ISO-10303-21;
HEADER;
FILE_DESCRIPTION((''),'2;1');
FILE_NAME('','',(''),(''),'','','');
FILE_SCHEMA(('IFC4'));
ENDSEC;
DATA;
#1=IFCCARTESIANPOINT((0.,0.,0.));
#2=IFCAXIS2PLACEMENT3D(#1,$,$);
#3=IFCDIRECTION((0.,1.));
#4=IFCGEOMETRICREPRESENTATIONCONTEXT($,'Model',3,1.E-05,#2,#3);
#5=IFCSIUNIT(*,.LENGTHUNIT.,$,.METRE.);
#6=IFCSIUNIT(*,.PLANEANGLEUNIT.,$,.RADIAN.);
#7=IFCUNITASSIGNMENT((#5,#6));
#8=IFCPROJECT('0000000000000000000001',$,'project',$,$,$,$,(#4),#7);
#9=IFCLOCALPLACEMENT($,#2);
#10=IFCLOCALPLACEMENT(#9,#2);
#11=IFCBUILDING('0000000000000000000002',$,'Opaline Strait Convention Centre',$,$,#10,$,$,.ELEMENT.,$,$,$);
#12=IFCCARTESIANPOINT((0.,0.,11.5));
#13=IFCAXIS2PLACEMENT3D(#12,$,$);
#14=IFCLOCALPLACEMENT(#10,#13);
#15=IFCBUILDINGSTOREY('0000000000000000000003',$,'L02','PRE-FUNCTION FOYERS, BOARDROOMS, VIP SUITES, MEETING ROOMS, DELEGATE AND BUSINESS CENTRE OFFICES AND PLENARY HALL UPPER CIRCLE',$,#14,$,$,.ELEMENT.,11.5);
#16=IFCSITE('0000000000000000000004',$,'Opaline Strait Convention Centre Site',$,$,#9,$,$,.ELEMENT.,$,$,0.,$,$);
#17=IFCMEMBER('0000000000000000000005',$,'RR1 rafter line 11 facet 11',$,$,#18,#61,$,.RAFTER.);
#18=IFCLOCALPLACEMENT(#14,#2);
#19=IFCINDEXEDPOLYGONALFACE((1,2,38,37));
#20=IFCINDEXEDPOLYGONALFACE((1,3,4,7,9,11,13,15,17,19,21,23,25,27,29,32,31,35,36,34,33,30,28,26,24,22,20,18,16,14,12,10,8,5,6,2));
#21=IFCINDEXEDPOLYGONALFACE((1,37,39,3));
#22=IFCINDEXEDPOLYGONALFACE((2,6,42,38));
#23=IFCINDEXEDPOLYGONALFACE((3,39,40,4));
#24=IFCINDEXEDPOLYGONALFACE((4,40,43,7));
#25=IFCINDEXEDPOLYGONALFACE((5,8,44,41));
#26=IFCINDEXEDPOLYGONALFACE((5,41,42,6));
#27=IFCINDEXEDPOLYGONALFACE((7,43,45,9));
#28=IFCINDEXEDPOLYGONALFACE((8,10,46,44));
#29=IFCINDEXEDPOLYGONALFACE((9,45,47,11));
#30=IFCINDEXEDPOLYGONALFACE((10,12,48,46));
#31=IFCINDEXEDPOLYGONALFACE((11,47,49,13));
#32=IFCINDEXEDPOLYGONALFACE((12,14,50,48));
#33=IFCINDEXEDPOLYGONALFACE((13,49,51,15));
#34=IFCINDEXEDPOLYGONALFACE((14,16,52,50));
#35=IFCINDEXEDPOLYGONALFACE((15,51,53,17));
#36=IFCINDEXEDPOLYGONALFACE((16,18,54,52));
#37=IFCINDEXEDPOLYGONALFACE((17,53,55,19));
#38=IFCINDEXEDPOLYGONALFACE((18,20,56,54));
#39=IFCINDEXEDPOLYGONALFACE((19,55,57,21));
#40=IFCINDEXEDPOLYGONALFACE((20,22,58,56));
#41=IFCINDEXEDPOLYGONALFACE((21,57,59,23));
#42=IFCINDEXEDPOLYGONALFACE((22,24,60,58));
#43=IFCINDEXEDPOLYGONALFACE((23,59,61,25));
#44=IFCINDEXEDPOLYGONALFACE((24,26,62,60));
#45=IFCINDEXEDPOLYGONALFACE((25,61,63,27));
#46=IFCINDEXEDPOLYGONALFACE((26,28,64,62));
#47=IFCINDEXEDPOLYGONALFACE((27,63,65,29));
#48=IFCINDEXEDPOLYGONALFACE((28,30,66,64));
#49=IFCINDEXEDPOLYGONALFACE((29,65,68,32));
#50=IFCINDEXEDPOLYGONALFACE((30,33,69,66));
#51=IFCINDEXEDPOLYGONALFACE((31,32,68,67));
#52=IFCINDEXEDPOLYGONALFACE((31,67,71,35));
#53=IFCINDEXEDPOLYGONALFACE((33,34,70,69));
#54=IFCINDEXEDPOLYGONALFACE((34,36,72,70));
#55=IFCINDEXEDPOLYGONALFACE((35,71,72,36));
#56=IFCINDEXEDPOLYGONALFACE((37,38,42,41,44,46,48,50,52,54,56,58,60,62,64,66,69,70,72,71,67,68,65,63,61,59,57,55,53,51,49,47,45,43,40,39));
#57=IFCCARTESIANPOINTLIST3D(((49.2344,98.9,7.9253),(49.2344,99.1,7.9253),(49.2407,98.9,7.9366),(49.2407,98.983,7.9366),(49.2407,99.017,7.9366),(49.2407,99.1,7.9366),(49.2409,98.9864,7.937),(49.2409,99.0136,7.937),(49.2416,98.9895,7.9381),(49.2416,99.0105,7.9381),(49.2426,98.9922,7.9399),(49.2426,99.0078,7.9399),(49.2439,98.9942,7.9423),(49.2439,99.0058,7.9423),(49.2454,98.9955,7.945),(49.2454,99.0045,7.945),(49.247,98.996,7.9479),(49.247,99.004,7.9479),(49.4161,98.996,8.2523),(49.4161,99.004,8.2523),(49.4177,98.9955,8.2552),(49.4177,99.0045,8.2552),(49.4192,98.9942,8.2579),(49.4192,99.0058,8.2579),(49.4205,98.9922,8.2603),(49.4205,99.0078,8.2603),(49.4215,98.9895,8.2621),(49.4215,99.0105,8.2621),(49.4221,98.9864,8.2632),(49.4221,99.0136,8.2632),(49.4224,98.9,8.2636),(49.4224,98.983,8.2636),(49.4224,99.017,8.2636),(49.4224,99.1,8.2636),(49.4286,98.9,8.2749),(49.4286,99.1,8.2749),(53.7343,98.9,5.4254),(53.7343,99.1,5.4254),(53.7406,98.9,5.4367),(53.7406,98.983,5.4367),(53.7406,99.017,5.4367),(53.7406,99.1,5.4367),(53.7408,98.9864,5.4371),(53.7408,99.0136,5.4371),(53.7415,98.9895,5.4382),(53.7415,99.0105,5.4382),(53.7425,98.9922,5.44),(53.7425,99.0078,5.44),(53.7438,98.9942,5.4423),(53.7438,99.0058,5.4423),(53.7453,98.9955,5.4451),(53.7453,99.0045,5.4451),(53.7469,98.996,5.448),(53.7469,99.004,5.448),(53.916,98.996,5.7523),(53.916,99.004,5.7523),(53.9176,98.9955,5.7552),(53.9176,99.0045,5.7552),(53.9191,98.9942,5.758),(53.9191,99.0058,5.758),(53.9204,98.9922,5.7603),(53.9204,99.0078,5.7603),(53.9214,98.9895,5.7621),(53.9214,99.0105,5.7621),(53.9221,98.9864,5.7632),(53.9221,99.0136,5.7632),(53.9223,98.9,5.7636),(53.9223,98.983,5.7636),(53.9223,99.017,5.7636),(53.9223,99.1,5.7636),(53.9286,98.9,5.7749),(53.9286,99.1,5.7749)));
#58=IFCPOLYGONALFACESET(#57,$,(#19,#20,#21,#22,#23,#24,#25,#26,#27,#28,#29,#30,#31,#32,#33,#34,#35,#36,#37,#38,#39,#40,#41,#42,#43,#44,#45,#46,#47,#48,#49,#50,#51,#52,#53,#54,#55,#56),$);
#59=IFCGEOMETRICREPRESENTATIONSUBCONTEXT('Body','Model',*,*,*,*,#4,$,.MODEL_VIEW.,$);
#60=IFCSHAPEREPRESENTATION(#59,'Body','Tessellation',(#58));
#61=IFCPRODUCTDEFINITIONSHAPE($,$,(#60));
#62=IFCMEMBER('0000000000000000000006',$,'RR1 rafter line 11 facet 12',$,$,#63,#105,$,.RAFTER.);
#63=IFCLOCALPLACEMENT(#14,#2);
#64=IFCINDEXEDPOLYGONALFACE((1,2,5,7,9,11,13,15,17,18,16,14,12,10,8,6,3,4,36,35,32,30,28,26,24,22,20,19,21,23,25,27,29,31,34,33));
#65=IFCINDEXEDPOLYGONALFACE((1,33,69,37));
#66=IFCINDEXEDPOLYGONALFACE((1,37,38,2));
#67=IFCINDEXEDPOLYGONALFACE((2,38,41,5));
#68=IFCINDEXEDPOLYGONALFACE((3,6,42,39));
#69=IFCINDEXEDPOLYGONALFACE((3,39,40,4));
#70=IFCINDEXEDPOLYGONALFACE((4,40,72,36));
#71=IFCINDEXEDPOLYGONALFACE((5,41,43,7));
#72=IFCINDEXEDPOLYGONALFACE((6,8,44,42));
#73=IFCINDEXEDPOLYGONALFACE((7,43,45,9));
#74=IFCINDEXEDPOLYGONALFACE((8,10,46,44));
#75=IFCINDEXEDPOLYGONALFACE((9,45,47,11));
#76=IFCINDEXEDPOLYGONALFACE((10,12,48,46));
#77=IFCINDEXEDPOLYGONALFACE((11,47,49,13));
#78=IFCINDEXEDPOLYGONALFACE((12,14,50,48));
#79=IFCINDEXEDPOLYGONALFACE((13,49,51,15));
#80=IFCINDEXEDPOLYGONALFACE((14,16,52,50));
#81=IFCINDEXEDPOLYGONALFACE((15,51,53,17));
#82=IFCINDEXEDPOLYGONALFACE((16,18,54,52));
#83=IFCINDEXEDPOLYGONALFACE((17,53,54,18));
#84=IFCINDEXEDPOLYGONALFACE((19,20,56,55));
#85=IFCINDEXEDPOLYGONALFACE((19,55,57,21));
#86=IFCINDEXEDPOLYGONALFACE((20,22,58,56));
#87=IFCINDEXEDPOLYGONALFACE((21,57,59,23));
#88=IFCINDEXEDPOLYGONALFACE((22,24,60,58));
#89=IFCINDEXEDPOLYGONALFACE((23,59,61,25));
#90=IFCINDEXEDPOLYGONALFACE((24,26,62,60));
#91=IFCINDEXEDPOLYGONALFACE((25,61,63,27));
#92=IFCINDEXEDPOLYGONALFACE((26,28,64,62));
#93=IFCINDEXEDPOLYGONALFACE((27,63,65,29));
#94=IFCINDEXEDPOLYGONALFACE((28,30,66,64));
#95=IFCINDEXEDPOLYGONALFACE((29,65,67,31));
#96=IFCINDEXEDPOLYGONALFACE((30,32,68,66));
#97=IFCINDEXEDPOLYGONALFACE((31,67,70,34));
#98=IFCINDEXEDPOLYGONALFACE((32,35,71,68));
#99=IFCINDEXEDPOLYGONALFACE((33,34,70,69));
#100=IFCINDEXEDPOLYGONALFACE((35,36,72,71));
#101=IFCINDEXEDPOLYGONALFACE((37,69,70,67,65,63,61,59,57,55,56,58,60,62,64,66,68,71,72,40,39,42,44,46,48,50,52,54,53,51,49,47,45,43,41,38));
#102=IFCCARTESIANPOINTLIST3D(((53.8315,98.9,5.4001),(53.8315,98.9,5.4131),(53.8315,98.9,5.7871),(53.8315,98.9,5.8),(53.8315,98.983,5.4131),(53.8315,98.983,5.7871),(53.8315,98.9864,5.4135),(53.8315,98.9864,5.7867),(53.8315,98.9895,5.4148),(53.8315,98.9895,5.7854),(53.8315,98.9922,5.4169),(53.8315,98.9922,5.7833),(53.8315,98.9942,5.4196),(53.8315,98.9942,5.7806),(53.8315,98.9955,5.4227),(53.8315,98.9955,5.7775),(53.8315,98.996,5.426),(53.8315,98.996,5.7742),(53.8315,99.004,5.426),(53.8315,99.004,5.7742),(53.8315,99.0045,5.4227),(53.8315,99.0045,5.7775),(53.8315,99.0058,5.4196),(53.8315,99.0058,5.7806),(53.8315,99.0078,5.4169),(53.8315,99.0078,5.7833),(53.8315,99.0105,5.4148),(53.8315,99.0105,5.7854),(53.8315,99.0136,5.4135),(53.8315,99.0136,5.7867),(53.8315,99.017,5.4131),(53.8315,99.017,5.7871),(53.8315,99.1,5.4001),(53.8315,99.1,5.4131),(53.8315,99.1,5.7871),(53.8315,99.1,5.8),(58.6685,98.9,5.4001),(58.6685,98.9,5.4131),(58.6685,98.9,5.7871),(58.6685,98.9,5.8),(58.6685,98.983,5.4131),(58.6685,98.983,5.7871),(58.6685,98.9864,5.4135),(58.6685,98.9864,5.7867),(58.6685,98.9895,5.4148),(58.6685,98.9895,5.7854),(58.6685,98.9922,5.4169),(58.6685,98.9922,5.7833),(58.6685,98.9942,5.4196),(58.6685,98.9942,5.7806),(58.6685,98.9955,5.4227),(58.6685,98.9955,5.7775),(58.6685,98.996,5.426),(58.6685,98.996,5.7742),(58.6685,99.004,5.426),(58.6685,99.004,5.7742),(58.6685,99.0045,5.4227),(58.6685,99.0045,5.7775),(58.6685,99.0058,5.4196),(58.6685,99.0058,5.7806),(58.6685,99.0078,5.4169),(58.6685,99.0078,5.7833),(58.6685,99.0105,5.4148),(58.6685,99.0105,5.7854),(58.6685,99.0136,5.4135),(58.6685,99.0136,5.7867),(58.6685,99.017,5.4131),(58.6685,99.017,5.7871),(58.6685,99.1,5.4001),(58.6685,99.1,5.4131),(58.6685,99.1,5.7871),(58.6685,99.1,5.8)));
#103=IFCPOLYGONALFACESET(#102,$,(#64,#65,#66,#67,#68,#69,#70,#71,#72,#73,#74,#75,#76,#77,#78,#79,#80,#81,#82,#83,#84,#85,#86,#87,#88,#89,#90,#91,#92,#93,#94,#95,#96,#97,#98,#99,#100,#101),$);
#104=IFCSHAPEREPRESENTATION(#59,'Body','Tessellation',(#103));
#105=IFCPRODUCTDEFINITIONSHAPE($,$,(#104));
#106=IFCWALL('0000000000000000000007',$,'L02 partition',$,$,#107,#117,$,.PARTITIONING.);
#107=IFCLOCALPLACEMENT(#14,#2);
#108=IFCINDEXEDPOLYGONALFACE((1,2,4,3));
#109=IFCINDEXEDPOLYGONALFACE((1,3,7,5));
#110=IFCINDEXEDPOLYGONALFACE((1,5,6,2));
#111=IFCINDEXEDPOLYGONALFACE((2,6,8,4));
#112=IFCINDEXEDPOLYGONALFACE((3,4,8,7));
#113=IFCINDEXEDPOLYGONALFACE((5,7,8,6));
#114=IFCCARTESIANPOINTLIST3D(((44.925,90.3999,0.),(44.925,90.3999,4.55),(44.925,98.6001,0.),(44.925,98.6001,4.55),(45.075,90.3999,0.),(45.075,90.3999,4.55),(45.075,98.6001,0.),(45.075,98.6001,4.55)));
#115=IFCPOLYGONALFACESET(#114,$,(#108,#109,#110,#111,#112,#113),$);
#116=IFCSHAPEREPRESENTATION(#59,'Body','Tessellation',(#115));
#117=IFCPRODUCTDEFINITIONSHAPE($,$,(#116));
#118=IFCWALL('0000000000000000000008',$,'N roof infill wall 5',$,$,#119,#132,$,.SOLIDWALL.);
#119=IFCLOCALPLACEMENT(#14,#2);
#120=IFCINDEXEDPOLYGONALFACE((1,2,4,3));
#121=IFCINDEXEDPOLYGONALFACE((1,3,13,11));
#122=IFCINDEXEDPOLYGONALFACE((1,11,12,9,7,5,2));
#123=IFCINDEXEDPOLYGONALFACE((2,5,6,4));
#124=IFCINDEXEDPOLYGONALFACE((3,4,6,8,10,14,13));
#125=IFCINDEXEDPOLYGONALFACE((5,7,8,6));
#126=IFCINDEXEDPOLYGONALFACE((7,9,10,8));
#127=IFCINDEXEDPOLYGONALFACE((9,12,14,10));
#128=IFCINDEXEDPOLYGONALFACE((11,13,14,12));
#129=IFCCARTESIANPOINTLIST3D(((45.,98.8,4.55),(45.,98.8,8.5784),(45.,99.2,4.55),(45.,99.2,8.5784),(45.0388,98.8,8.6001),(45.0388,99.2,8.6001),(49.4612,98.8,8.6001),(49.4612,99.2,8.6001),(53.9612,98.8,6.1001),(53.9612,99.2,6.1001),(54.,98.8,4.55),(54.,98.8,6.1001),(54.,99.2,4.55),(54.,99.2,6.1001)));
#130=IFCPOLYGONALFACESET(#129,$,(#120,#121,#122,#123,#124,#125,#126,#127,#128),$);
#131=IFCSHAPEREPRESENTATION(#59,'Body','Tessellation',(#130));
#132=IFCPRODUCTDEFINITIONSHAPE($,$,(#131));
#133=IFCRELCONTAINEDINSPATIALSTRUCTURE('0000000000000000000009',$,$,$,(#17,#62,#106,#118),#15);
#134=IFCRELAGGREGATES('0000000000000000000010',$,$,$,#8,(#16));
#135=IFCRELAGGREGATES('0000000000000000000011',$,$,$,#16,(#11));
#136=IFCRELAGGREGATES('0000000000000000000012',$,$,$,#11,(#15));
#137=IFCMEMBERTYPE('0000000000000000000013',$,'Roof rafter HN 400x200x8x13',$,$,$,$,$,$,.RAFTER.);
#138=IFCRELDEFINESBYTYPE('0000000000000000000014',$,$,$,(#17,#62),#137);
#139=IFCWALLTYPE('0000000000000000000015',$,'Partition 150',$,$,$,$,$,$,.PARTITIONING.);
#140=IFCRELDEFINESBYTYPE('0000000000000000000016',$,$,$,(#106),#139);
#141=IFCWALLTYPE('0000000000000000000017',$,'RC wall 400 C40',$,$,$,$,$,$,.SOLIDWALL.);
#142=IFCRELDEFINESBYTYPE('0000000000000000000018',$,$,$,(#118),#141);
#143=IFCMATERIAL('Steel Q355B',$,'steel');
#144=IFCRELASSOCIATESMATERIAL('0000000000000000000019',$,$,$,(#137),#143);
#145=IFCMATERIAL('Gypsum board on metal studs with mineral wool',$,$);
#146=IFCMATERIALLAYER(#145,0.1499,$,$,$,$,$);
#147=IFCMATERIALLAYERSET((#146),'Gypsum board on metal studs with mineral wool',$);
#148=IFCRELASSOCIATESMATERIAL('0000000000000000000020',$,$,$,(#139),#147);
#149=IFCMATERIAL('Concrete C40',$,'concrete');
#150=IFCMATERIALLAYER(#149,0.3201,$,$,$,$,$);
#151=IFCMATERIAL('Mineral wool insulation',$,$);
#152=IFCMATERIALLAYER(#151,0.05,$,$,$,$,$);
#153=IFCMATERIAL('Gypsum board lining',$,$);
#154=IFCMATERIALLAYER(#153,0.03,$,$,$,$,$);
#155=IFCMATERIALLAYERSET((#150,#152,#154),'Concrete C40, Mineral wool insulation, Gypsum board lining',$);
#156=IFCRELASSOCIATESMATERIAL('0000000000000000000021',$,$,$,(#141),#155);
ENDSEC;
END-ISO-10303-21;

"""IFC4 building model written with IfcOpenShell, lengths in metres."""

from ifc_helpers import new_model, si_unit, direction, frame, frame_2d, origin, origin_2d, place, context, subcontext, project, spatial, polyline, rectangle, i_section, outline, extrude, material, layer, layer_set, material_profile, profile_set, type_object, element, save


model = new_model("IFC4")

# Units and contexts
model_context = context("Model", 3, precision=1e-05, world=origin(), true_north=direction((0.0, 1.0)))
body_context = subcontext(model_context, "Body", "Model", "MODEL_VIEW")
ifc_project = project(units=[si_unit("LENGTHUNIT", "METRE"), si_unit("PLANEANGLEUNIT", "RADIAN")], contexts=[model_context])

# Site, building, storey
site_placement = place(None, origin())
site = spatial("IfcSite", under=ifc_project, at=site_placement, Name="Opaline Strait Convention Centre Site", CompositionType="ELEMENT", RefElevation=0.0)
building_placement = place(site_placement, origin())
building = spatial("IfcBuilding", under=site, at=building_placement, Name="Opaline Strait Convention Centre", CompositionType="ELEMENT")
storey_placement = place(building_placement, frame((0.0, 0.0, 11.5)))
storey = spatial("IfcBuildingStorey", under=building, at=storey_placement, Name="L02", Description="PRE-FUNCTION FOYERS, BOARDROOMS, VIP SUITES, MEETING ROOMS, DELEGATE AND BUSINESS CENTRE OFFICES AND PLENARY HALL UPPER CIRCLE", CompositionType="ELEMENT", Elevation=11.5)

# Shared definitions
ifc_material_1 = material(Name="Concrete C40", Category="concrete")

# Members
ifc_material_2 = material(Name="Steel Q355B", Category="steel")
ifc_material_profile_1 = material_profile(ifc_material_2, i_section(OverallWidth=0.2, OverallDepth=0.3999, WebThickness=0.0081, FlangeThickness=0.0129, FilletRadius=0.0129, at=origin_2d()), Name="HN 400x200x8x13")
ifc_profile_set_1 = profile_set([ifc_material_profile_1], Name="Steel Q355B")
member_type_1 = type_object("IfcMemberType", Name="Roof rafter HN 400x200x8x13", PredefinedType="RAFTER", material=ifc_profile_set_1)
member_1_placement = place(storey_placement, frame((49.3315, 99.0, 8.1001), z_axis=(0.874157, 0.0, -0.485643), x_axis=(0.0, 1.0, 0.0)))
element("IfcMember", 1, at=member_1_placement, inside=storey, type_object=member_type_1, Name="RR1 rafter line 11 facet 11", PredefinedType="RAFTER", context=body_context, shape_type="SweptSolid", body=[
    extrude(i_section(OverallWidth=0.2, OverallDepth=0.3999, WebThickness=0.0081, FlangeThickness=0.0129, FilletRadius=0.0129, at=origin_2d()), origin(), (0.0, 0.0, 1.0), 5.1477),
])
member_2_placement = place(storey_placement, frame((53.8315, 99.0, 5.6001), z_axis=(1.0, 0.0, 0.0), x_axis=(0.0, 1.0, 0.0)))
element("IfcMember", 2, at=member_2_placement, inside=storey, type_object=member_type_1, Name="RR1 rafter line 11 facet 12", PredefinedType="RAFTER", context=body_context, shape_type="SweptSolid", body=[
    extrude(i_section(OverallWidth=0.2, OverallDepth=0.3999, WebThickness=0.0081, FlangeThickness=0.0129, FilletRadius=0.0129, at=origin_2d()), origin(), (0.0, 0.0, 1.0), 4.8369),
])

# Walls
ifc_material_3 = material(Name="Gypsum board on metal studs with mineral wool")
ifc_layer_1 = layer(ifc_material_3, 0.1499)
ifc_layer_set_1 = layer_set([ifc_layer_1], Name="Gypsum board on metal studs with mineral wool")
wall_type_1 = type_object("IfcWallType", Name="Partition 150", PredefinedType="PARTITIONING", material=ifc_layer_set_1)
wall_1_placement = place(storey_placement, frame((45.0, 90.3999, 0.0), z_axis=(0.0, 0.0, 1.0), x_axis=(0.0, 1.0, 0.0)))
element("IfcWall", 3, at=wall_1_placement, inside=storey, type_object=wall_type_1, Name="L02 partition", PredefinedType="PARTITIONING", context=body_context, shape_type="SweptSolid", body=[
    extrude(rectangle(XDim=8.2002, YDim=0.1499, at=frame_2d((4.1001, 0.0))), origin(), (0.0, 0.0, 1.0), 4.55),
])
ifc_layer_2 = layer(ifc_material_1, 0.3201)
ifc_material_4 = material(Name="Mineral wool insulation")
ifc_layer_3 = layer(ifc_material_4, 0.05)
ifc_material_5 = material(Name="Gypsum board lining")
ifc_layer_4 = layer(ifc_material_5, 0.03)
ifc_layer_set_2 = layer_set([ifc_layer_2, ifc_layer_3, ifc_layer_4], Name="Concrete C40, Mineral wool insulation, Gypsum board lining")
wall_type_2 = type_object("IfcWallType", Name="RC wall 400 C40", PredefinedType="SOLIDWALL", material=ifc_layer_set_2)
wall_2_placement = place(storey_placement, frame((45.0, 99.0, 4.55), z_axis=(0.0, 0.0, 1.0), x_axis=(1.0, 0.0, 0.0)))
element("IfcWall", 4, at=wall_2_placement, inside=storey, type_object=wall_type_2, Name="N roof infill wall 5", PredefinedType="SOLIDWALL", context=body_context, shape_type="SweptSolid", body=[
    extrude(outline(polyline([(0.0, 0.0), (9.0, 0.0), (9.0, 1.55), (8.9612, 1.55), (4.4612, 4.05), (0.0388, 4.05), (0.0, 4.0283), (0.0, 0.0)])), frame((0.0, 0.2, 0.0), z_axis=(0.0, -1.0, 0.0), x_axis=(1.0, 0.0, 0.0)), (0.0, 0.0, 1.0), 0.3999),
])

save(model, "model.ifc")
